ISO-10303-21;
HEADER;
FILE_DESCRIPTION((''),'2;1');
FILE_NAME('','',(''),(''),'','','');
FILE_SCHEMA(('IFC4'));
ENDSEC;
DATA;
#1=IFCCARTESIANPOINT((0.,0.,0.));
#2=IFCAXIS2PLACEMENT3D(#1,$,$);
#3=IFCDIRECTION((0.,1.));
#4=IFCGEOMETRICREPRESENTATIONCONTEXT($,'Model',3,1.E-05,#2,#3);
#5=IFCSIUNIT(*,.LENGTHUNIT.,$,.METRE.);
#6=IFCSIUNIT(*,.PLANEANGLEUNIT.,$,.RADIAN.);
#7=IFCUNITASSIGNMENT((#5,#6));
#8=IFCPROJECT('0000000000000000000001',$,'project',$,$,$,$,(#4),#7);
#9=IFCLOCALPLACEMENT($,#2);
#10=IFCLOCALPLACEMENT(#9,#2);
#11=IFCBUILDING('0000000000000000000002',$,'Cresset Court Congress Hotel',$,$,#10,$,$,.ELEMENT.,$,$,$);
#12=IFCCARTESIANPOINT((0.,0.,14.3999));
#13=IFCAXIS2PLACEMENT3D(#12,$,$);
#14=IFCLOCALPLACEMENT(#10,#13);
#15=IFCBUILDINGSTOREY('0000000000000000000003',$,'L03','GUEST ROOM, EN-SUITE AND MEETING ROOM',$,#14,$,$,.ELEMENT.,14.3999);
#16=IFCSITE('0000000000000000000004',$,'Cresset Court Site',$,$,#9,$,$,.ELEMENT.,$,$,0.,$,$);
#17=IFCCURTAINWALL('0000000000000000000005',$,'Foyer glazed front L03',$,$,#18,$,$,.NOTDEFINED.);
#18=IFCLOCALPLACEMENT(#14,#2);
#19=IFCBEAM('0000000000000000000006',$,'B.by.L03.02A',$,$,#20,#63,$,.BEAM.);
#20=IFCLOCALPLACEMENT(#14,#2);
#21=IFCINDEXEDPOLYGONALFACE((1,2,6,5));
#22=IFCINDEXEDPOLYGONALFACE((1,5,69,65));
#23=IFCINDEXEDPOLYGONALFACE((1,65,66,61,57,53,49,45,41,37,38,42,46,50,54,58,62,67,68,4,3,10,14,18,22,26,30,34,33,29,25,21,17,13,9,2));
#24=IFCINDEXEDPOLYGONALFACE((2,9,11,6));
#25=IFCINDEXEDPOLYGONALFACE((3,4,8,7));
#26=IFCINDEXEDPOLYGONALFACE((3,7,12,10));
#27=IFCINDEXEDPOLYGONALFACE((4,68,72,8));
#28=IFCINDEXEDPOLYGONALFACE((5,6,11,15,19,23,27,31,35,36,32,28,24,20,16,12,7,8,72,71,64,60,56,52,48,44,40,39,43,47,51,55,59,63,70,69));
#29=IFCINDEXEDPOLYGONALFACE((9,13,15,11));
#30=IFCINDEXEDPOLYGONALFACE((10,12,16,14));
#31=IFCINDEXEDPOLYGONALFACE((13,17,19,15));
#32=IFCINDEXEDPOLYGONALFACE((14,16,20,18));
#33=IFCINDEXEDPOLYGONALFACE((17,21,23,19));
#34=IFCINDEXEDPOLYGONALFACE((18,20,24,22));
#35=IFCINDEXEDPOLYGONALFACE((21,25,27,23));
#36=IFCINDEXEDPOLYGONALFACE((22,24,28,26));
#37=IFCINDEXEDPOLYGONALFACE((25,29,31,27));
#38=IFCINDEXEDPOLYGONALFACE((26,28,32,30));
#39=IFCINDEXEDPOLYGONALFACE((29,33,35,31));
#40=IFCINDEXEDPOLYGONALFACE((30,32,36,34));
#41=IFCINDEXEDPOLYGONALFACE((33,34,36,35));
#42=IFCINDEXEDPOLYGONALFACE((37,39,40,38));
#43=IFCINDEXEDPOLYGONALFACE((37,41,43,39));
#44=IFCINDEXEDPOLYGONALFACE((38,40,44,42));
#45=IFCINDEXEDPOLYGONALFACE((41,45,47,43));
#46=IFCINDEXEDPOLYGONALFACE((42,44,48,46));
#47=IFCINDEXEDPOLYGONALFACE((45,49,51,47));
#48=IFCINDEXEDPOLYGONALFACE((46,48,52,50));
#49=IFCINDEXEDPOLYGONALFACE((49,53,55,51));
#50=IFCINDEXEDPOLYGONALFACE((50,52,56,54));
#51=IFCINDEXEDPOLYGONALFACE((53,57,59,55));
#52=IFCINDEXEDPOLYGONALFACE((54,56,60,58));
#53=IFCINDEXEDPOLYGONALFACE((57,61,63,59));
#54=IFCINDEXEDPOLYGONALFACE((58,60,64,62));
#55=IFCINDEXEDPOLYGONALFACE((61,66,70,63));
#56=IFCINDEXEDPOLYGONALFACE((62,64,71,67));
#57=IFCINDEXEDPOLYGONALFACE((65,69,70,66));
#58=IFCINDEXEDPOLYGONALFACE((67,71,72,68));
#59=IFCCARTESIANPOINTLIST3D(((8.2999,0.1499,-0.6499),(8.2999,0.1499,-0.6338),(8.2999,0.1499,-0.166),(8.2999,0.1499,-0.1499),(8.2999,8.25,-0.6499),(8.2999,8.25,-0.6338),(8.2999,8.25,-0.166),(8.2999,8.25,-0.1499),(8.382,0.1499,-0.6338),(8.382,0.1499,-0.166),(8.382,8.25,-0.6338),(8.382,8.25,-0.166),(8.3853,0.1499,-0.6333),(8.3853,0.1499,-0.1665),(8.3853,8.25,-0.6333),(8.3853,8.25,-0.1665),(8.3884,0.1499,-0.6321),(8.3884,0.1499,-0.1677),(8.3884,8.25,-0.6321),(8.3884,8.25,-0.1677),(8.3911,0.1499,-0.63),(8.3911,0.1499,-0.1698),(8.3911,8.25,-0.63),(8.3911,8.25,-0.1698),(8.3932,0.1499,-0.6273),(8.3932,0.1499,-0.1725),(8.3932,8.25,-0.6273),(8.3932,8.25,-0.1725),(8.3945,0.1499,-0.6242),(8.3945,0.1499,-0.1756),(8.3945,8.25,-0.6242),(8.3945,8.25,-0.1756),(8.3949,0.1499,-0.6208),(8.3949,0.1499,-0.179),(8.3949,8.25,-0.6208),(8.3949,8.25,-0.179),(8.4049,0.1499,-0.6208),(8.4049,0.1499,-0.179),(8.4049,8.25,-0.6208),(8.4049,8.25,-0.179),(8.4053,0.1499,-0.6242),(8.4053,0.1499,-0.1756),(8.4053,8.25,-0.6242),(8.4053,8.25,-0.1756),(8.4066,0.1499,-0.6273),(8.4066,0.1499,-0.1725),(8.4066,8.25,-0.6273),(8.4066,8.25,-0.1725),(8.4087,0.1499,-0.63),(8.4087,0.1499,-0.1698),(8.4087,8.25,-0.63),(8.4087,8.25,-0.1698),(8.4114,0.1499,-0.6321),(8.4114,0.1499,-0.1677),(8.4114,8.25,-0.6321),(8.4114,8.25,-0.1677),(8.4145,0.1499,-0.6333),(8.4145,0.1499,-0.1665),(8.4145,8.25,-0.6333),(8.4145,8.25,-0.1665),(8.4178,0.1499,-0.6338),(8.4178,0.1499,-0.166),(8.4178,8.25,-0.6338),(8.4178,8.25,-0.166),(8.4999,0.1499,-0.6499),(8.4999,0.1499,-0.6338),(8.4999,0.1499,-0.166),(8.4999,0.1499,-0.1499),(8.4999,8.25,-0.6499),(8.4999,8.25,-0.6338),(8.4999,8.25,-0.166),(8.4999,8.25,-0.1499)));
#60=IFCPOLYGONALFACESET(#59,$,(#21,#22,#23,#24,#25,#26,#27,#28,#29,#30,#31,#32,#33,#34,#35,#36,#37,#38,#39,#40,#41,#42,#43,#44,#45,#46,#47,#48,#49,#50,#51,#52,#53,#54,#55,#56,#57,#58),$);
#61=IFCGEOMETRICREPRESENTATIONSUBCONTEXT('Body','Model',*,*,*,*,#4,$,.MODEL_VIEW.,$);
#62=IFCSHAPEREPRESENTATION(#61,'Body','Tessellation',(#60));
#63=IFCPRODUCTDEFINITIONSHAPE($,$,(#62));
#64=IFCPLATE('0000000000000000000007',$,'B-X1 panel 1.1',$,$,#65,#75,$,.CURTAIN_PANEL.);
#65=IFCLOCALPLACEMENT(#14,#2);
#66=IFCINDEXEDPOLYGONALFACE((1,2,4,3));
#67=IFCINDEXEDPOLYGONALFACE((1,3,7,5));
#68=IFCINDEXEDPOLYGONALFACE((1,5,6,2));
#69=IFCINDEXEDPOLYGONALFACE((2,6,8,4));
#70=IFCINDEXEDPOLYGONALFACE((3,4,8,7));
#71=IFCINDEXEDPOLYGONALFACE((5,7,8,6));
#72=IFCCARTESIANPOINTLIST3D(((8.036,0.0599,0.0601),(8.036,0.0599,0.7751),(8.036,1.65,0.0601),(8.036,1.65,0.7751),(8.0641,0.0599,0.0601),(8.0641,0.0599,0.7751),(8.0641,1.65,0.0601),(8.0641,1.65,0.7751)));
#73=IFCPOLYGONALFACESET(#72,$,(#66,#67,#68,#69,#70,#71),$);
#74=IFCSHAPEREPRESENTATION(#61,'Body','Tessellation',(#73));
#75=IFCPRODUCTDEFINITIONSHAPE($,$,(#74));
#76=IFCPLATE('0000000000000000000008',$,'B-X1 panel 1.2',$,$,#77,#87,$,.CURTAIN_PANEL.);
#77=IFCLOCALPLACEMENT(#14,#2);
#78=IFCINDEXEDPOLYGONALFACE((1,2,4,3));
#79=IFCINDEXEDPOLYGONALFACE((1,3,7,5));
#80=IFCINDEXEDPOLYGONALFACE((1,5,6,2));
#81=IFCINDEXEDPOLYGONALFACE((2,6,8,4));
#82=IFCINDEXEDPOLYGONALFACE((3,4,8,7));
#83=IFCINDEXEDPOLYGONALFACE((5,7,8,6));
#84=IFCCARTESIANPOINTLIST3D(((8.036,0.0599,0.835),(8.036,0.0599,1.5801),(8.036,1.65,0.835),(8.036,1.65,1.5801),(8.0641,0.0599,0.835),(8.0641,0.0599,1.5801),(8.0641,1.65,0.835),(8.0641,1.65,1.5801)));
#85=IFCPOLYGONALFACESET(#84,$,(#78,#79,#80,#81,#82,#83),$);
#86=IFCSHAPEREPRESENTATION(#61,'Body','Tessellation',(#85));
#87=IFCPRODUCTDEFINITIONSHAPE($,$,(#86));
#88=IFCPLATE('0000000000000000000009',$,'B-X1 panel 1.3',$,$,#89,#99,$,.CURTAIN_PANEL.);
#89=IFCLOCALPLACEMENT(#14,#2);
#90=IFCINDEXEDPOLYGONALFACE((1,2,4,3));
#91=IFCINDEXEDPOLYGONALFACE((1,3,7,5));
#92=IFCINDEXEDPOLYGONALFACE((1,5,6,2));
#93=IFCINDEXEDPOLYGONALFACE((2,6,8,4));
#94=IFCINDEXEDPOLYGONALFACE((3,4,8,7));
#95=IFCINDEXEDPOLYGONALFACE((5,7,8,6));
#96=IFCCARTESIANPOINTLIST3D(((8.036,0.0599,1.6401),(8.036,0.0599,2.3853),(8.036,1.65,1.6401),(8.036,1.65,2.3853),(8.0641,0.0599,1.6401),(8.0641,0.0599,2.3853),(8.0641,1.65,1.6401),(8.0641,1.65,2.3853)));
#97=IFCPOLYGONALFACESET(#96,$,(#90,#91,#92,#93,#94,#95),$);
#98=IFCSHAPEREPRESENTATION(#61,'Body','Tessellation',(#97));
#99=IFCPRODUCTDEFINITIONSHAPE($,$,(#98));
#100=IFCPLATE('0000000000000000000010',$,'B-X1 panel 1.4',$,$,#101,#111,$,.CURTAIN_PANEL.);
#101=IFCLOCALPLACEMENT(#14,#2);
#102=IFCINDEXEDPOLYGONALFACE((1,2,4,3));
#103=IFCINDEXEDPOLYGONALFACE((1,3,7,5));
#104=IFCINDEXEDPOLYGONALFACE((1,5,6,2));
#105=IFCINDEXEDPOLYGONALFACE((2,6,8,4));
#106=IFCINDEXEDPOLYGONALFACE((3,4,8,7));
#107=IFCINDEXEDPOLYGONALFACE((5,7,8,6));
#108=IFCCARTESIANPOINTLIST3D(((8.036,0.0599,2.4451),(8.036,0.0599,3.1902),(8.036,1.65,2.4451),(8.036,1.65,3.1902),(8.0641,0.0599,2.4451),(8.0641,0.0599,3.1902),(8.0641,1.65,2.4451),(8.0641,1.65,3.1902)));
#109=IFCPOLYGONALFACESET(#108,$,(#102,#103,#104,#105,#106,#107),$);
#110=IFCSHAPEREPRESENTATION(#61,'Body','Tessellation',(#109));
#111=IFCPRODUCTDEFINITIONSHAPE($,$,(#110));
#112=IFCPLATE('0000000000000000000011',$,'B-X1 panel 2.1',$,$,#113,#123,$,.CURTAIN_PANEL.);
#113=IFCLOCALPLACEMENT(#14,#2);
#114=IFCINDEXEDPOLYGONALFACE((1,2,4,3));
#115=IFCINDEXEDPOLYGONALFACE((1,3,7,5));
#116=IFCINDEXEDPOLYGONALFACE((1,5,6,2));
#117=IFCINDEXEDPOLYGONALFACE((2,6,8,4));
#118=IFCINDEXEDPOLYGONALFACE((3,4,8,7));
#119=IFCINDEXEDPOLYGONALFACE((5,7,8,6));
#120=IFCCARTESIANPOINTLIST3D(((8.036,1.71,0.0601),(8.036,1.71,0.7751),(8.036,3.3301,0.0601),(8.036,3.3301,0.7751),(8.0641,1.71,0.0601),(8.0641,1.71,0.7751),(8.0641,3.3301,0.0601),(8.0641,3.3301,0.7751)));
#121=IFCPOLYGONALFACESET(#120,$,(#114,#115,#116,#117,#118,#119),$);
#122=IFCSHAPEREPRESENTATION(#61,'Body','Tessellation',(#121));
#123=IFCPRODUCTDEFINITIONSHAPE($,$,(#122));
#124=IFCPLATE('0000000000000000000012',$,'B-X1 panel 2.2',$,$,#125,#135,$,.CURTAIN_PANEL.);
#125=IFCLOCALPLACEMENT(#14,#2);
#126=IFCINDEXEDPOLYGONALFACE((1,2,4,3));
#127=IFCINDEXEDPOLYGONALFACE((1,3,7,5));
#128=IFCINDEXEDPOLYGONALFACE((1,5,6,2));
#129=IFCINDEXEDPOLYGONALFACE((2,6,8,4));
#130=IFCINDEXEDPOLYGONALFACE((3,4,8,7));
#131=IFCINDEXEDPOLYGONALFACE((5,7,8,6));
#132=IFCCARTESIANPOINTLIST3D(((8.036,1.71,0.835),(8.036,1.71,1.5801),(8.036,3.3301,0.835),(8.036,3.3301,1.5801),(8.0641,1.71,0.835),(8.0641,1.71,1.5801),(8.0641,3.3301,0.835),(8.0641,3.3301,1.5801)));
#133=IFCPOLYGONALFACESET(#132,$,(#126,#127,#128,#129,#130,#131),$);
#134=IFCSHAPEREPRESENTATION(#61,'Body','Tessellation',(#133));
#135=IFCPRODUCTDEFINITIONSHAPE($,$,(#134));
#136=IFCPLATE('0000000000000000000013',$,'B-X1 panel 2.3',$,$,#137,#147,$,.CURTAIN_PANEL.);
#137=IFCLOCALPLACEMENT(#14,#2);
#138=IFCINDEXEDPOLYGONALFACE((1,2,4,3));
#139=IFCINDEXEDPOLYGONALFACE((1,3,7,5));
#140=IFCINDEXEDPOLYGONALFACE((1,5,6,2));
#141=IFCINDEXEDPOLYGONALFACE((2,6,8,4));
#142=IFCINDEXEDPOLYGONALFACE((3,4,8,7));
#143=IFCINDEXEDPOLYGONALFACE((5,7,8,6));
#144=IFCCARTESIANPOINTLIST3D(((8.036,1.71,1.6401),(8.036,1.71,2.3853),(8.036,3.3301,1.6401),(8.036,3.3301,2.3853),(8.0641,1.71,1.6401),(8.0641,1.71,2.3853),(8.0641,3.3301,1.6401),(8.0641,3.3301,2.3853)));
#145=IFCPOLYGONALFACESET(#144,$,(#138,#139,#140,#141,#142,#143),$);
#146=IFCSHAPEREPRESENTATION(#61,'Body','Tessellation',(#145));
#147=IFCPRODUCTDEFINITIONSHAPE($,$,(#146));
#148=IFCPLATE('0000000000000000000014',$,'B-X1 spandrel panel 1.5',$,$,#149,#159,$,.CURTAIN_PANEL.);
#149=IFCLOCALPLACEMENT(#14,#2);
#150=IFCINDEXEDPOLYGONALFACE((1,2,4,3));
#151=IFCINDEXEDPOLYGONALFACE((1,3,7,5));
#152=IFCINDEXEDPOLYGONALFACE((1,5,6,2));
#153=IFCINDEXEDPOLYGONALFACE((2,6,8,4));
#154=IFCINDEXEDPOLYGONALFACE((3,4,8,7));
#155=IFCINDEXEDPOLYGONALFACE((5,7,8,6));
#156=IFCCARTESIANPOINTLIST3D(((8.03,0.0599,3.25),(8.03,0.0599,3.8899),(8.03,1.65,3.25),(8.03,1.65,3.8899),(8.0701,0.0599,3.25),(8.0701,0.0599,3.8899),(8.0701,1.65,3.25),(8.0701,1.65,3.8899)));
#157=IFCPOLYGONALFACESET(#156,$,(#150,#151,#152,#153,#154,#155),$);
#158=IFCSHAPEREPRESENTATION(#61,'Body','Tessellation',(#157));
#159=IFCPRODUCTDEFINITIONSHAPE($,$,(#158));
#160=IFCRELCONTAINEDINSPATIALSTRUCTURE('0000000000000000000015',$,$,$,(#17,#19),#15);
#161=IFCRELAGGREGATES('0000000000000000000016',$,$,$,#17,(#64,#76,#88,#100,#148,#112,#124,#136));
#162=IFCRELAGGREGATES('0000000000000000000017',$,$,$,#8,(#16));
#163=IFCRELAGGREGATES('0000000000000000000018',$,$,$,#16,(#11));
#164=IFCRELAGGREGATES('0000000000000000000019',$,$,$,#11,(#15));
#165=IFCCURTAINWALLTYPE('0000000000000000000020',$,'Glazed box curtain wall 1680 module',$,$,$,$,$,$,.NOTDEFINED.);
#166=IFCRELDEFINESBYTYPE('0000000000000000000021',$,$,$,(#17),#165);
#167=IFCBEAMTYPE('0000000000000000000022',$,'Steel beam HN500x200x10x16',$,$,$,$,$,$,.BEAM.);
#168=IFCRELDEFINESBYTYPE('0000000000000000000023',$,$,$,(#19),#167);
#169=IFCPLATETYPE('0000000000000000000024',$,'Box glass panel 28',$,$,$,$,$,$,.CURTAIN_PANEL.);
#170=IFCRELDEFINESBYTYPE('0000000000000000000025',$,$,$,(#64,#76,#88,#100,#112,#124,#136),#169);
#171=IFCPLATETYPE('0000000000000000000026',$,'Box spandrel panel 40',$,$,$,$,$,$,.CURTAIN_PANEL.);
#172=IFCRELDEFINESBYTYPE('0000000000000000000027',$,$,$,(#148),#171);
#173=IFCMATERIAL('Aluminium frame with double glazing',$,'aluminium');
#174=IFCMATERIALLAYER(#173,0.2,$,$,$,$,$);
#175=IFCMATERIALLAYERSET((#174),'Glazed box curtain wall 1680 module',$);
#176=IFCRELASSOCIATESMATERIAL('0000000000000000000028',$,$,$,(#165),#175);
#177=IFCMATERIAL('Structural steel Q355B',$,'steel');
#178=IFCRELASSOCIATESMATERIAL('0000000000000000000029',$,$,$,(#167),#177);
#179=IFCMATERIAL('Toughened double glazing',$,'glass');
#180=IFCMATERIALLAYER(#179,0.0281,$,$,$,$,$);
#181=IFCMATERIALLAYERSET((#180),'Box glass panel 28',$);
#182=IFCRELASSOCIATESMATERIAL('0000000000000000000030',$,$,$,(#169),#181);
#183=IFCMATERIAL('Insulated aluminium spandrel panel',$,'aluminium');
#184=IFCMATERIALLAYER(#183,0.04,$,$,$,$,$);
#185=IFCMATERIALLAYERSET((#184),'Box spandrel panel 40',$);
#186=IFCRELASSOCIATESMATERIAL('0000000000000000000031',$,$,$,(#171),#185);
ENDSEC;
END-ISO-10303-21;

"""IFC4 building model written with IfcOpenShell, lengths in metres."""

from ifc_helpers import new_model, si_unit, direction, frame, origin, origin_2d, place, context, subcontext, project, spatial, rectangle, i_section, extrude, material, layer, layer_set, material_profile, profile_set, type_object, element, aggregate, save


model = new_model("IFC4")

# Units and contexts
model_context = context("Model", 3, precision=1e-05, world=origin(), true_north=direction((0.0, 1.0)))
body_context = subcontext(model_context, "Body", "Model", "MODEL_VIEW")
ifc_project = project(units=[si_unit("LENGTHUNIT", "METRE"), si_unit("PLANEANGLEUNIT", "RADIAN")], contexts=[model_context])

# Site, building, storey
site_placement = place(None, origin())
site = spatial("IfcSite", under=ifc_project, at=site_placement, Name="Cresset Court Site", CompositionType="ELEMENT", RefElevation=0.0)
building_placement = place(site_placement, origin())
building = spatial("IfcBuilding", under=site, at=building_placement, Name="Cresset Court Congress Hotel", CompositionType="ELEMENT")
storey_placement = place(building_placement, frame((0.0, 0.0, 14.3999)))
storey = spatial("IfcBuildingStorey", under=building, at=storey_placement, Name="L03", Description="GUEST ROOM, EN-SUITE AND MEETING ROOM", CompositionType="ELEMENT", Elevation=14.3999)

# Curtain wall
ifc_material_1 = material(Name="Aluminium frame with double glazing", Category="aluminium")
ifc_layer_1 = layer(ifc_material_1, 0.2)
ifc_layer_set_1 = layer_set([ifc_layer_1], Name="Glazed box curtain wall 1680 module")
curtain_wall_type = type_object("IfcCurtainWallType", Name="Glazed box curtain wall 1680 module", PredefinedType="NOTDEFINED", material=ifc_layer_set_1)
curtain_wall_placement = place(storey_placement, origin())
curtain_wall = element("IfcCurtainWall", 1, at=curtain_wall_placement, inside=storey, type_object=curtain_wall_type, Name="Foyer glazed front L03", PredefinedType="NOTDEFINED")

# Beam
ifc_material_2 = material(Name="Structural steel Q355B", Category="steel")
ifc_material_profile_1 = material_profile(ifc_material_2, i_section(OverallWidth=0.2, OverallDepth=0.5, WebThickness=0.01, FlangeThickness=0.0161, FilletRadius=0.0129, at=origin_2d()), Name="HN500x200x10x16")
ifc_profile_set_1 = profile_set([ifc_material_profile_1], Name="Structural steel Q355B")
beam_type = type_object("IfcBeamType", Name="Steel beam HN500x200x10x16", PredefinedType="BEAM", material=ifc_profile_set_1)
beam_placement = place(storey_placement, frame((8.3999, 0.1499, -0.3999), z_axis=(0.0, 1.0, 0.0), x_axis=(-1.0, 0.0, 0.0)))
element("IfcBeam", 2, at=beam_placement, inside=storey, type_object=beam_type, Name="B.by.L03.02A", PredefinedType="BEAM", context=body_context, shape_type="SweptSolid", body=[
    extrude(i_section(OverallWidth=0.2, OverallDepth=0.5, WebThickness=0.01, FlangeThickness=0.0161, FilletRadius=0.0129, at=origin_2d()), origin(), (0.0, 0.0, 1.0), 8.1001),
])

# Plates
ifc_material_3 = material(Name="Toughened double glazing", Category="glass")
ifc_layer_2 = layer(ifc_material_3, 0.0281)
ifc_layer_set_2 = layer_set([ifc_layer_2], Name="Box glass panel 28")
plate_type_1 = type_object("IfcPlateType", Name="Box glass panel 28", PredefinedType="CURTAIN_PANEL", material=ifc_layer_set_2)
plate_1_placement = place(storey_placement, frame((8.05, 0.855, 0.0601), z_axis=(0.0, 0.0, 1.0), x_axis=(0.0, 1.0, 0.0)))
plate_1 = element("IfcPlate", 3, at=plate_1_placement, type_object=plate_type_1, Name="B-X1 panel 1.1", PredefinedType="CURTAIN_PANEL", context=body_context, shape_type="SweptSolid", body=[
    extrude(rectangle(XDim=1.5901, YDim=0.0281, at=origin_2d()), origin(), (0.0, 0.0, 1.0), 0.7151),
])
plate_2_placement = place(storey_placement, frame((8.05, 0.855, 0.835), z_axis=(0.0, 0.0, 1.0), x_axis=(0.0, 1.0, 0.0)))
plate_2 = element("IfcPlate", 4, at=plate_2_placement, type_object=plate_type_1, Name="B-X1 panel 1.2", PredefinedType="CURTAIN_PANEL", context=body_context, shape_type="SweptSolid", body=[
    extrude(rectangle(XDim=1.5901, YDim=0.0281, at=origin_2d()), origin(), (0.0, 0.0, 1.0), 0.7451),
])
plate_3_placement = place(storey_placement, frame((8.05, 0.855, 1.6401), z_axis=(0.0, 0.0, 1.0), x_axis=(0.0, 1.0, 0.0)))
plate_3 = element("IfcPlate", 5, at=plate_3_placement, type_object=plate_type_1, Name="B-X1 panel 1.3", PredefinedType="CURTAIN_PANEL", context=body_context, shape_type="SweptSolid", body=[
    extrude(rectangle(XDim=1.5901, YDim=0.0281, at=origin_2d()), origin(), (0.0, 0.0, 1.0), 0.7451),
])
plate_4_placement = place(storey_placement, frame((8.05, 0.855, 2.4451), z_axis=(0.0, 0.0, 1.0), x_axis=(0.0, 1.0, 0.0)))
plate_4 = element("IfcPlate", 6, at=plate_4_placement, type_object=plate_type_1, Name="B-X1 panel 1.4", PredefinedType="CURTAIN_PANEL", context=body_context, shape_type="SweptSolid", body=[
    extrude(rectangle(XDim=1.5901, YDim=0.0281, at=origin_2d()), origin(), (0.0, 0.0, 1.0), 0.7451),
])
plate_5_placement = place(storey_placement, frame((8.05, 2.52, 0.0601), z_axis=(0.0, 0.0, 1.0), x_axis=(0.0, 1.0, 0.0)))
plate_5 = element("IfcPlate", 7, at=plate_5_placement, type_object=plate_type_1, Name="B-X1 panel 2.1", PredefinedType="CURTAIN_PANEL", context=body_context, shape_type="SweptSolid", body=[
    extrude(rectangle(XDim=1.6201, YDim=0.0281, at=origin_2d()), origin(), (0.0, 0.0, 1.0), 0.7151),
])
plate_6_placement = place(storey_placement, frame((8.05, 2.52, 0.835), z_axis=(0.0, 0.0, 1.0), x_axis=(0.0, 1.0, 0.0)))
plate_6 = element("IfcPlate", 8, at=plate_6_placement, type_object=plate_type_1, Name="B-X1 panel 2.2", PredefinedType="CURTAIN_PANEL", context=body_context, shape_type="SweptSolid", body=[
    extrude(rectangle(XDim=1.6201, YDim=0.0281, at=origin_2d()), origin(), (0.0, 0.0, 1.0), 0.7451),
])
plate_7_placement = place(storey_placement, frame((8.05, 2.52, 1.6401), z_axis=(0.0, 0.0, 1.0), x_axis=(0.0, 1.0, 0.0)))
plate_7 = element("IfcPlate", 9, at=plate_7_placement, type_object=plate_type_1, Name="B-X1 panel 2.3", PredefinedType="CURTAIN_PANEL", context=body_context, shape_type="SweptSolid", body=[
    extrude(rectangle(XDim=1.6201, YDim=0.0281, at=origin_2d()), origin(), (0.0, 0.0, 1.0), 0.7451),
])
ifc_material_4 = material(Name="Insulated aluminium spandrel panel", Category="aluminium")
ifc_layer_3 = layer(ifc_material_4, 0.04)
ifc_layer_set_3 = layer_set([ifc_layer_3], Name="Box spandrel panel 40")
plate_type_2 = type_object("IfcPlateType", Name="Box spandrel panel 40", PredefinedType="CURTAIN_PANEL", material=ifc_layer_set_3)
plate_8_placement = place(storey_placement, frame((8.05, 0.855, 3.25), z_axis=(0.0, 0.0, 1.0), x_axis=(0.0, 1.0, 0.0)))
plate_8 = element("IfcPlate", 10, at=plate_8_placement, type_object=plate_type_2, Name="B-X1 spandrel panel 1.5", PredefinedType="CURTAIN_PANEL", context=body_context, shape_type="SweptSolid", body=[
    extrude(rectangle(XDim=1.5901, YDim=0.04, at=origin_2d()), origin(), (0.0, 0.0, 1.0), 0.6399),
])
aggregate(curtain_wall, [plate_1, plate_2, plate_3, plate_4, plate_8, plate_5, plate_6, plate_7])

save(model, "model.ifc")
